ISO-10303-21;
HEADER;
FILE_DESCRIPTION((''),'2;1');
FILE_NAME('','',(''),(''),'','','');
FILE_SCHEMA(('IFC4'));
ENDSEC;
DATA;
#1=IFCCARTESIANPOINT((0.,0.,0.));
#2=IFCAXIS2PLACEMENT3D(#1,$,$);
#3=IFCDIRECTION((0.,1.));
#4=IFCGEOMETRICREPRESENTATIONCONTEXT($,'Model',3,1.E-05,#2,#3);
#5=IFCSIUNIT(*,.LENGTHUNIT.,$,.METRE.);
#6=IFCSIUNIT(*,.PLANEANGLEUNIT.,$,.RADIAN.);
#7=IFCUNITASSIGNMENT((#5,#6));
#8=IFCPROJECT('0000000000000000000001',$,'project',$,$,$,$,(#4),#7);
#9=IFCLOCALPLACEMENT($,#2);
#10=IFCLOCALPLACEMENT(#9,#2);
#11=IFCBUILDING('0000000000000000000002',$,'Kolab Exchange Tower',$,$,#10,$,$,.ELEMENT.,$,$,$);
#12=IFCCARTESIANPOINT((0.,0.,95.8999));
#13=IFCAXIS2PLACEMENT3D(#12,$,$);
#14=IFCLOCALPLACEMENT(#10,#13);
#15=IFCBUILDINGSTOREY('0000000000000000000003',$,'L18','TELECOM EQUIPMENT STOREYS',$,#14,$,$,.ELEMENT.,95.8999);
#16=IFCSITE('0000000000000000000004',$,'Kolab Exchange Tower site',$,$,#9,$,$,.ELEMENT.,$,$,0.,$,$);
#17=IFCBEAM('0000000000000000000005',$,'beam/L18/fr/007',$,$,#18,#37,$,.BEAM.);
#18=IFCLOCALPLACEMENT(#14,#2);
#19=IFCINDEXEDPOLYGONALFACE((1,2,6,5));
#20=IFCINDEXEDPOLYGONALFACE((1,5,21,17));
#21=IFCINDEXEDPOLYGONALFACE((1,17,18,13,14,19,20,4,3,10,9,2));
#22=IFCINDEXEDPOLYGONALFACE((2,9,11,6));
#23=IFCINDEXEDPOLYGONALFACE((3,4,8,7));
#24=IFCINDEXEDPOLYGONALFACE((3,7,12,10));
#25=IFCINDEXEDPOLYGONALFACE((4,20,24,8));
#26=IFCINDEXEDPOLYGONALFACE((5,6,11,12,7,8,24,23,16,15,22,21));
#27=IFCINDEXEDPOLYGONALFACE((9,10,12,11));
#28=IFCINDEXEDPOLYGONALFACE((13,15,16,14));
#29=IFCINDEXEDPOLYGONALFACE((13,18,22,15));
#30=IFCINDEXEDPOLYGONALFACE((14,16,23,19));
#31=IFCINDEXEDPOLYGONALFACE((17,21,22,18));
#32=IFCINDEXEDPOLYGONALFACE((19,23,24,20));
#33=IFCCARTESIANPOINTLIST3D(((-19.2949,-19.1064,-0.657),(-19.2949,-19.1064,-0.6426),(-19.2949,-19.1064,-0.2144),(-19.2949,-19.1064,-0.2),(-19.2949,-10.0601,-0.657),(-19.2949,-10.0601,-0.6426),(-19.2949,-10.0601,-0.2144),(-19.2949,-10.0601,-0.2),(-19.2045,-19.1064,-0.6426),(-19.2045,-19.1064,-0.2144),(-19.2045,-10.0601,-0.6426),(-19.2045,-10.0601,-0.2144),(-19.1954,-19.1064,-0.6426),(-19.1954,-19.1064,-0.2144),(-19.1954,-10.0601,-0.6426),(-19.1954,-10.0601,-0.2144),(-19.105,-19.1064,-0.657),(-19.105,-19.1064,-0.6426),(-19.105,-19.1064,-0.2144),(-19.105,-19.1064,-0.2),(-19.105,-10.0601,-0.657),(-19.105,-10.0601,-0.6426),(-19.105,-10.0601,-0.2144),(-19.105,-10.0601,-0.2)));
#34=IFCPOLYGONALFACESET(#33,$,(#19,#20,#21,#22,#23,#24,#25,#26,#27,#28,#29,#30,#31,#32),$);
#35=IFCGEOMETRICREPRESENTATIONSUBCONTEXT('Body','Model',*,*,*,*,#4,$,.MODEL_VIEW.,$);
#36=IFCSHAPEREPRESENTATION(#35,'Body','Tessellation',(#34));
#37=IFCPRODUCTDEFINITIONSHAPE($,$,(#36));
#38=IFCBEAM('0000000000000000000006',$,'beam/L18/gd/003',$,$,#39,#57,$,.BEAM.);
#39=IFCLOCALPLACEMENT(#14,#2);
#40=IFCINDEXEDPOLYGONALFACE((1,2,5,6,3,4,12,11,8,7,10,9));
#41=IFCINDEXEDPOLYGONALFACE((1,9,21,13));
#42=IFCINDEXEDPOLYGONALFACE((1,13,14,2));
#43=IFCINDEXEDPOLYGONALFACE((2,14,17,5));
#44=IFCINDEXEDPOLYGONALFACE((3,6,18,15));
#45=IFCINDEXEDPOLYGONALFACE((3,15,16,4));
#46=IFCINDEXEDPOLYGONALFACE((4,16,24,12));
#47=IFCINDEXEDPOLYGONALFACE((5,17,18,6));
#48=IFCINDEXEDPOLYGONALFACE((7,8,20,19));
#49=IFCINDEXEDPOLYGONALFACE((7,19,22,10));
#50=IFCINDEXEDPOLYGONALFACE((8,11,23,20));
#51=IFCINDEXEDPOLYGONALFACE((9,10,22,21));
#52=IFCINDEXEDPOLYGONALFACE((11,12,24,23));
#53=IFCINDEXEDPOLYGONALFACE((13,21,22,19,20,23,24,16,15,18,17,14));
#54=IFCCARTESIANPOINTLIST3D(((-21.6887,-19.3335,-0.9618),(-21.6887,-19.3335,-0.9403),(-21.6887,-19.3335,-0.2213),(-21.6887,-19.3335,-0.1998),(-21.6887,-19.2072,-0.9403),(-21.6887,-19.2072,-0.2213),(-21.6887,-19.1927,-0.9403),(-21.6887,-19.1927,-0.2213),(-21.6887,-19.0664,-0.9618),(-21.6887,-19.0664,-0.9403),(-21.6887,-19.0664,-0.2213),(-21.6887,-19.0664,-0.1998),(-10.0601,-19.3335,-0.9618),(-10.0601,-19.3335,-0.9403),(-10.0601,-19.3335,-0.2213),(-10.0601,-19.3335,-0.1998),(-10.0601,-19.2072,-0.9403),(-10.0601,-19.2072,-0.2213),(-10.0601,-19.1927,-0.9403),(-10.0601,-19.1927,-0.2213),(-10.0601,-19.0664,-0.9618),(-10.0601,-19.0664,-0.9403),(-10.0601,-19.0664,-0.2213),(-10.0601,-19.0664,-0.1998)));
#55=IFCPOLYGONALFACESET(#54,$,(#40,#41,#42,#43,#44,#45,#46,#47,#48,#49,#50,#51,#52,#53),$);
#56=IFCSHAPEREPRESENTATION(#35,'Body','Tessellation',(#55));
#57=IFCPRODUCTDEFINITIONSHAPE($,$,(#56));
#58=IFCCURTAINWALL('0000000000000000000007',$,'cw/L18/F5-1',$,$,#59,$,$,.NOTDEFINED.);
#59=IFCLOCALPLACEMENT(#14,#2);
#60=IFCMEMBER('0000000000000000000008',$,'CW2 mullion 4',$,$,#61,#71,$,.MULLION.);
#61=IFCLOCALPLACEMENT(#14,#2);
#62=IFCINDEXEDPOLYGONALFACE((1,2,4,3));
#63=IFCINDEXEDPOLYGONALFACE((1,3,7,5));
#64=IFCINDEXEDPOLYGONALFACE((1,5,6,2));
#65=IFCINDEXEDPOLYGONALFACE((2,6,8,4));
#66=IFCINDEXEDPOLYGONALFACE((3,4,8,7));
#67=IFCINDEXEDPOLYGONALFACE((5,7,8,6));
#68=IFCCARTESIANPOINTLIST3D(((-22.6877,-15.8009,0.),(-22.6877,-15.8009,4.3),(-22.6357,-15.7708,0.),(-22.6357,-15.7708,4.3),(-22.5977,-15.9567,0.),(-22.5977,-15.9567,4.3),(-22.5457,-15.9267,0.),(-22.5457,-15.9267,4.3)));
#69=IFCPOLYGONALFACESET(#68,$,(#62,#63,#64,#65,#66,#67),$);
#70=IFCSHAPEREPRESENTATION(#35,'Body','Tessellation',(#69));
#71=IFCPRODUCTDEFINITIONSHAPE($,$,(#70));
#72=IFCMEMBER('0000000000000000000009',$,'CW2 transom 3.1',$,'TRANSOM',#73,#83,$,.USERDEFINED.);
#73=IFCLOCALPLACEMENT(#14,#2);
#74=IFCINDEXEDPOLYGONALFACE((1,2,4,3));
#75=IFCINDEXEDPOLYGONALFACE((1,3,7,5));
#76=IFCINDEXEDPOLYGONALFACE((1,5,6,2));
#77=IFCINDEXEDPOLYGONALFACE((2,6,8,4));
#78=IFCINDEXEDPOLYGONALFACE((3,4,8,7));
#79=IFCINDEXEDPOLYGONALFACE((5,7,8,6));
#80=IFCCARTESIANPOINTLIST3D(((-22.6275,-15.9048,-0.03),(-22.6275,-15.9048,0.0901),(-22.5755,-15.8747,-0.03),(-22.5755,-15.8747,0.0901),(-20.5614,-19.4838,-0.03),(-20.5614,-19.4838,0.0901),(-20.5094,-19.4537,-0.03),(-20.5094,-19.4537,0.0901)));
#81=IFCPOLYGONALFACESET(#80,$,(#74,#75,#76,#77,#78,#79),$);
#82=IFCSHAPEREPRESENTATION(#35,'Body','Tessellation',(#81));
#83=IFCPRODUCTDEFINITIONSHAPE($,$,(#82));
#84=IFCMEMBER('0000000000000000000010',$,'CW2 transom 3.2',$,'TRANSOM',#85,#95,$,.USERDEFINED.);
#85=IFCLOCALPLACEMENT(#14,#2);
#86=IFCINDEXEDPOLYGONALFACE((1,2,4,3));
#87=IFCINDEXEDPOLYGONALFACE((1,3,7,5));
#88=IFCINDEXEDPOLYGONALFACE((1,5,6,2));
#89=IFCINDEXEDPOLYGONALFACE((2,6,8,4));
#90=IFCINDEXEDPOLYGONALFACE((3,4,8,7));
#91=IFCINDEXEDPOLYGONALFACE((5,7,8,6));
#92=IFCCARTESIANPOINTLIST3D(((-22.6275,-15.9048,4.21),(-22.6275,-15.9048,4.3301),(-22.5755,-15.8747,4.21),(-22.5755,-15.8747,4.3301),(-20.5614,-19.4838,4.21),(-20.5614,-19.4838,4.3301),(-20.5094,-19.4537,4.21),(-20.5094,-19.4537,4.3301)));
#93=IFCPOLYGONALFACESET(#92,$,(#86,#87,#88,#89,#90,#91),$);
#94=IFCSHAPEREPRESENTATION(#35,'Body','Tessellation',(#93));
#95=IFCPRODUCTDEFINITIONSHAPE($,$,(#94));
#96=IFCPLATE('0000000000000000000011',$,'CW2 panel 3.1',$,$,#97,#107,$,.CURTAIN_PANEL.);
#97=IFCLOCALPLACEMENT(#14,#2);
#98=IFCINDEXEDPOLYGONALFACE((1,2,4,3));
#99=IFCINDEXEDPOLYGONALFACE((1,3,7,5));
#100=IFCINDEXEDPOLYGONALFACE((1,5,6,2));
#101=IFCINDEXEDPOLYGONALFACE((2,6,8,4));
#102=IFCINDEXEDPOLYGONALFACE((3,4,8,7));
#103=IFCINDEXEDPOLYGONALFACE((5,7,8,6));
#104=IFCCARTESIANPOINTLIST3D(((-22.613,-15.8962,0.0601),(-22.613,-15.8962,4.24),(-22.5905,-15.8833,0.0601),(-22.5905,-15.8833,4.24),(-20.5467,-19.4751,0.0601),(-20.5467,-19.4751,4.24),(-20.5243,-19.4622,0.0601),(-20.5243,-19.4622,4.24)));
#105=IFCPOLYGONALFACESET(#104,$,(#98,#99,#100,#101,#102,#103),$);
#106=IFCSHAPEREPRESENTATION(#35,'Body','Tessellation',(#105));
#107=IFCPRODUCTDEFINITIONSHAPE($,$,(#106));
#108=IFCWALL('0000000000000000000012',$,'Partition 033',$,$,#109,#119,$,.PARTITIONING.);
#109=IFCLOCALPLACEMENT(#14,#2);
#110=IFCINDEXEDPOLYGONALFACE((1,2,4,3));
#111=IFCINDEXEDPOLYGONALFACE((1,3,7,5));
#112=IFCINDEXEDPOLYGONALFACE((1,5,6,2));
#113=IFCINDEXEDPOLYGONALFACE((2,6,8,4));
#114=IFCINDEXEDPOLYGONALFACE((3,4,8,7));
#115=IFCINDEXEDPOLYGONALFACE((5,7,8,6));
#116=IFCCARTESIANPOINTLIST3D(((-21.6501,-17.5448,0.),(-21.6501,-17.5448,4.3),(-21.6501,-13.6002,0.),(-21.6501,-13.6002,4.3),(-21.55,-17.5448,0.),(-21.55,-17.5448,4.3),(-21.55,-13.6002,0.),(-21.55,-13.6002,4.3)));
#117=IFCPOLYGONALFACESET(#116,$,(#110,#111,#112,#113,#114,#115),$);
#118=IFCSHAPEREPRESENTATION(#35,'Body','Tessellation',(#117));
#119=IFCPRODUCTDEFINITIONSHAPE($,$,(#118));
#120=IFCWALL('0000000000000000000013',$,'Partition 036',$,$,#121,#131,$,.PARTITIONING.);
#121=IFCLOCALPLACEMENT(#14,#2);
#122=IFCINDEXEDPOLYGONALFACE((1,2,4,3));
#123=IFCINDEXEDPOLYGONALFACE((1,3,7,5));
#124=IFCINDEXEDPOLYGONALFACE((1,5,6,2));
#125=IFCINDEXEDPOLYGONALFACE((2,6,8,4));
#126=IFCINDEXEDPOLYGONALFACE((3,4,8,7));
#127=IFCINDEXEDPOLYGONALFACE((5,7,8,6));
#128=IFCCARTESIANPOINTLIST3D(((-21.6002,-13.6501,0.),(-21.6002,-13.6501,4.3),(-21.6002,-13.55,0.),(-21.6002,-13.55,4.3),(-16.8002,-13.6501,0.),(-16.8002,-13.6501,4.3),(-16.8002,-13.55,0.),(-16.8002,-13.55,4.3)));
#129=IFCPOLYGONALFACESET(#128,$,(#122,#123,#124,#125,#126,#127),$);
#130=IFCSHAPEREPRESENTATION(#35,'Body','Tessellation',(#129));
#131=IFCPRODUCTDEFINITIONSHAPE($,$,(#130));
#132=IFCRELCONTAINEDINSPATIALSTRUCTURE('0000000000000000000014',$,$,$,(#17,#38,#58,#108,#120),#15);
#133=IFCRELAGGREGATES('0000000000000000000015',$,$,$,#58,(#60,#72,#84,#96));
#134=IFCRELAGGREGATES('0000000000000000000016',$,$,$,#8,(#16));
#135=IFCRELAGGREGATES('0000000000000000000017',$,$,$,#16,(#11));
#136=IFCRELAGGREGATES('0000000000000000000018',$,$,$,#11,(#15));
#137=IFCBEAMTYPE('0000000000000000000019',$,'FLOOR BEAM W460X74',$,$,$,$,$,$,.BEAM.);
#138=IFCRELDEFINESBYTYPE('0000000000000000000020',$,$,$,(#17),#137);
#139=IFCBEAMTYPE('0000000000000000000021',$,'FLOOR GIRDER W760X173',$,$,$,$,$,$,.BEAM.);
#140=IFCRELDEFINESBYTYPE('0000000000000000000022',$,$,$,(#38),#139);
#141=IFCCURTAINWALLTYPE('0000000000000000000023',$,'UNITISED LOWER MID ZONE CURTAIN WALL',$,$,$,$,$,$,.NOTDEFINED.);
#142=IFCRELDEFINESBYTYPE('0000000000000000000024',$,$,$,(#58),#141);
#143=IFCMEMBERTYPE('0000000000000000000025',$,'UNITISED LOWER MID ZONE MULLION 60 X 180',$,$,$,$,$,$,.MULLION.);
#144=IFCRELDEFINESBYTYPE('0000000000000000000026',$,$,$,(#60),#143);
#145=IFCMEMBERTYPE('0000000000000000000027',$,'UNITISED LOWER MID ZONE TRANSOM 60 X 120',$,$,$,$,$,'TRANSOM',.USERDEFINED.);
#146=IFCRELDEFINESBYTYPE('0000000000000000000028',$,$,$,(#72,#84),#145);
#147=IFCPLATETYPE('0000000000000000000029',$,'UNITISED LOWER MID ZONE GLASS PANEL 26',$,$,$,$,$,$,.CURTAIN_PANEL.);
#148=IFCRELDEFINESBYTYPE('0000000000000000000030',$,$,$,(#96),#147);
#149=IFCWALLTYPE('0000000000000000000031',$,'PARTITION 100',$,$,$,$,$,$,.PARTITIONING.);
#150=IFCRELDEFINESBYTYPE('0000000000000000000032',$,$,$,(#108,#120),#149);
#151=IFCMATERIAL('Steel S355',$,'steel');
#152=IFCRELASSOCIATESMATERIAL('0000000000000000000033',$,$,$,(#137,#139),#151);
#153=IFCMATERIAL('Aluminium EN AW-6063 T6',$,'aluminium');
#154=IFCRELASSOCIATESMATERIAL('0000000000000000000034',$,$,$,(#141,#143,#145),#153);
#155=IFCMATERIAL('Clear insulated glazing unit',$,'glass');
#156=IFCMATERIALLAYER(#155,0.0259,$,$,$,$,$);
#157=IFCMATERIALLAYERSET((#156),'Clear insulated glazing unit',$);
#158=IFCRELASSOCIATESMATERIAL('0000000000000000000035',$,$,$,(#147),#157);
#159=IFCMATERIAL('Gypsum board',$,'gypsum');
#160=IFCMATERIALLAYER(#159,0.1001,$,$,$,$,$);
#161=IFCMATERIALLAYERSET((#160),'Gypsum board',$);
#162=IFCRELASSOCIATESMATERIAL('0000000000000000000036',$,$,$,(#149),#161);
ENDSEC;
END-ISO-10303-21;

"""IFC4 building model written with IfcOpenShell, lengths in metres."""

from ifc_helpers import new_model, si_unit, direction, frame, frame_2d, origin, origin_2d, place, context, subcontext, project, spatial, rectangle, i_section, extrude, material, layer, layer_set, material_profile, profile_set, type_object, element, aggregate, save


model = new_model("IFC4")

# Units and contexts
model_context = context("Model", 3, precision=1e-05, world=origin(), true_north=direction((0.0, 1.0)))
body_context = subcontext(model_context, "Body", "Model", "MODEL_VIEW")
ifc_project = project(units=[si_unit("LENGTHUNIT", "METRE"), si_unit("PLANEANGLEUNIT", "RADIAN")], contexts=[model_context])

# Site, building, storey
site_placement = place(None, origin())
site = spatial("IfcSite", under=ifc_project, at=site_placement, Name="Kolab Exchange Tower site", CompositionType="ELEMENT", RefElevation=0.0)
building_placement = place(site_placement, origin())
building = spatial("IfcBuilding", under=site, at=building_placement, Name="Kolab Exchange Tower", CompositionType="ELEMENT")
storey_placement = place(building_placement, frame((0.0, 0.0, 95.8999)))
storey = spatial("IfcBuildingStorey", under=building, at=storey_placement, Name="L18", Description="TELECOM EQUIPMENT STOREYS", CompositionType="ELEMENT", Elevation=95.8999)

# Beams
ifc_material_1 = material(Name="Steel S355", Category="steel")
ifc_material_profile_1 = material_profile(ifc_material_1, i_section(OverallWidth=0.1899, OverallDepth=0.457, WebThickness=0.009, FlangeThickness=0.0144, at=origin_2d()), Name="W460X74")
ifc_profile_set_1 = profile_set([ifc_material_profile_1], Name="Steel S355")
beam_type_1 = type_object("IfcBeamType", Name="FLOOR BEAM W460X74", PredefinedType="BEAM", material=ifc_profile_set_1)
beam_1_placement = place(storey_placement, frame((-19.2, -19.1064, -0.4285), z_axis=(0.0, 1.0, 0.0), x_axis=(-1.0, 0.0, 0.0)))
element("IfcBeam", 1, at=beam_1_placement, inside=storey, type_object=beam_type_1, Name="beam/L18/fr/007", PredefinedType="BEAM", context=body_context, shape_type="SweptSolid", body=[
    extrude(i_section(OverallWidth=0.1899, OverallDepth=0.457, WebThickness=0.009, FlangeThickness=0.0144, at=origin_2d()), origin(), (0.0, 0.0, 1.0), 9.0464),
])
ifc_material_profile_2 = material_profile(ifc_material_1, i_section(OverallWidth=0.2671, OverallDepth=0.762, WebThickness=0.0144, FlangeThickness=0.0215, at=origin_2d()), Name="W760X173")
ifc_profile_set_2 = profile_set([ifc_material_profile_2], Name="Steel S355")
beam_type_2 = type_object("IfcBeamType", Name="FLOOR GIRDER W760X173", PredefinedType="BEAM", material=ifc_profile_set_2)
beam_2_placement = place(storey_placement, frame((-21.6887, -19.2, -0.5808), z_axis=(1.0, 0.0, 0.0), x_axis=(0.0, 1.0, 0.0)))
element("IfcBeam", 2, at=beam_2_placement, inside=storey, type_object=beam_type_2, Name="beam/L18/gd/003", PredefinedType="BEAM", context=body_context, shape_type="SweptSolid", body=[
    extrude(i_section(OverallWidth=0.2671, OverallDepth=0.762, WebThickness=0.0144, FlangeThickness=0.0215, at=origin_2d()), origin(), (0.0, 0.0, 1.0), 11.6287),
])

# Curtain wall, members, plate
ifc_material_2 = material(Name="Aluminium EN AW-6063 T6", Category="aluminium")
curtain_wall_type = type_object("IfcCurtainWallType", Name="UNITISED LOWER MID ZONE CURTAIN WALL", PredefinedType="NOTDEFINED", material=ifc_material_2)
curtain_wall_placement = place(storey_placement, origin())
curtain_wall = element("IfcCurtainWall", 3, at=curtain_wall_placement, inside=storey, type_object=curtain_wall_type, Name="cw/L18/F5-1", PredefinedType="NOTDEFINED")
ifc_material_profile_3 = material_profile(ifc_material_2, rectangle(XDim=0.0601, YDim=0.1799, at=origin_2d()), Name="RECT 60X180")
ifc_profile_set_3 = profile_set([ifc_material_profile_3], Name="Aluminium EN AW-6063 T6")
member_type_1 = type_object("IfcMemberType", Name="UNITISED LOWER MID ZONE MULLION 60 X 180", PredefinedType="MULLION", material=ifc_profile_set_3)
member_1_placement = place(storey_placement, frame((-22.6167, -15.8638, 0.0), z_axis=(0.0, 0.0, 1.0), x_axis=(-0.866025, -0.5, 0.0)))
member_1 = element("IfcMember", 4, at=member_1_placement, type_object=member_type_1, Name="CW2 mullion 4", PredefinedType="MULLION", context=body_context, shape_type="SweptSolid", body=[
    extrude(rectangle(XDim=0.0601, YDim=0.1799, at=origin_2d()), origin(), (0.0, 0.0, 1.0), 4.3),
])
ifc_material_profile_4 = material_profile(ifc_material_2, rectangle(XDim=0.0601, YDim=0.1201, at=origin_2d()), Name="RECT 60X120")
ifc_profile_set_4 = profile_set([ifc_material_profile_4], Name="Aluminium EN AW-6063 T6")
member_type_2 = type_object("IfcMemberType", Name="UNITISED LOWER MID ZONE TRANSOM 60 X 120", ElementType="TRANSOM", PredefinedType="USERDEFINED", material=ifc_profile_set_4)
member_2_placement = place(storey_placement, frame((-20.5354, -19.4688, 0.03), z_axis=(-0.499958, 0.86605, 0.0), x_axis=(-0.86605, -0.499958, 0.0)))
member_2 = element("IfcMember", 5, at=member_2_placement, type_object=member_type_2, Name="CW2 transom 3.1", ObjectType="TRANSOM", PredefinedType="USERDEFINED", context=body_context, shape_type="SweptSolid", body=[
    extrude(rectangle(XDim=0.0601, YDim=0.1201, at=origin_2d()), origin(), (0.0, 0.0, 1.0), 4.1326),
])
member_3_placement = place(storey_placement, frame((-20.5354, -19.4688, 4.27), z_axis=(-0.499958, 0.86605, 0.0), x_axis=(-0.86605, -0.499958, 0.0)))
member_3 = element("IfcMember", 6, at=member_3_placement, type_object=member_type_2, Name="CW2 transom 3.2", ObjectType="TRANSOM", PredefinedType="USERDEFINED", context=body_context, shape_type="SweptSolid", body=[
    extrude(rectangle(XDim=0.0601, YDim=0.1201, at=origin_2d()), origin(), (0.0, 0.0, 1.0), 4.1326),
])
ifc_material_3 = material(Name="Clear insulated glazing unit", Category="glass")
ifc_layer_1 = layer(ifc_material_3, 0.0259)
ifc_layer_set_1 = layer_set([ifc_layer_1], Name="Clear insulated glazing unit")
plate_type = type_object("IfcPlateType", Name="UNITISED LOWER MID ZONE GLASS PANEL 26", PredefinedType="CURTAIN_PANEL", material=ifc_layer_set_1)
plate_placement = place(storey_placement, frame((-21.5686, -17.6792, 0.0601), z_axis=(0.0, 0.0, 1.0), x_axis=(-0.5, 0.866025, 0.0)))
plate = element("IfcPlate", 7, at=plate_placement, type_object=plate_type, Name="CW2 panel 3.1", PredefinedType="CURTAIN_PANEL", context=body_context, shape_type="SweptSolid", body=[
    extrude(rectangle(XDim=4.1326, YDim=0.0259, at=origin_2d()), origin(), (0.0, 0.0, 1.0), 4.1799),
])
aggregate(curtain_wall, [member_1, member_2, member_3, plate])

# Walls
ifc_material_4 = material(Name="Gypsum board", Category="gypsum")
ifc_layer_2 = layer(ifc_material_4, 0.1001)
ifc_layer_set_2 = layer_set([ifc_layer_2], Name="Gypsum board")
wall_type_1 = type_object("IfcWallType", Name="PARTITION 100", PredefinedType="PARTITIONING", material=ifc_layer_set_2)
wall_1_placement = place(storey_placement, frame((-21.6001, -17.5447, 0.0), z_axis=(0.0, 0.0, 1.0), x_axis=(0.0, 1.0, 0.0)))
element("IfcWall", 8, at=wall_1_placement, inside=storey, type_object=wall_type_1, Name="Partition 033", PredefinedType="PARTITIONING", context=body_context, shape_type="SweptSolid", body=[
    extrude(rectangle(XDim=3.9446, YDim=0.1001, at=frame_2d((1.9722, 0.0))), origin(), (0.0, 0.0, 1.0), 4.3),
])
wall_2_placement = place(storey_placement, frame((-21.6001, -13.6001, 0.0), z_axis=(0.0, 0.0, 1.0), x_axis=(1.0, 0.0, 0.0)))
element("IfcWall", 9, at=wall_2_placement, inside=storey, type_object=wall_type_1, Name="Partition 036", PredefinedType="PARTITIONING", context=body_context, shape_type="SweptSolid", body=[
    extrude(rectangle(XDim=4.8, YDim=0.1001, at=frame_2d((2.3999, 0.0))), origin(), (0.0, 0.0, 1.0), 4.3),
])

save(model, "model.ifc")
